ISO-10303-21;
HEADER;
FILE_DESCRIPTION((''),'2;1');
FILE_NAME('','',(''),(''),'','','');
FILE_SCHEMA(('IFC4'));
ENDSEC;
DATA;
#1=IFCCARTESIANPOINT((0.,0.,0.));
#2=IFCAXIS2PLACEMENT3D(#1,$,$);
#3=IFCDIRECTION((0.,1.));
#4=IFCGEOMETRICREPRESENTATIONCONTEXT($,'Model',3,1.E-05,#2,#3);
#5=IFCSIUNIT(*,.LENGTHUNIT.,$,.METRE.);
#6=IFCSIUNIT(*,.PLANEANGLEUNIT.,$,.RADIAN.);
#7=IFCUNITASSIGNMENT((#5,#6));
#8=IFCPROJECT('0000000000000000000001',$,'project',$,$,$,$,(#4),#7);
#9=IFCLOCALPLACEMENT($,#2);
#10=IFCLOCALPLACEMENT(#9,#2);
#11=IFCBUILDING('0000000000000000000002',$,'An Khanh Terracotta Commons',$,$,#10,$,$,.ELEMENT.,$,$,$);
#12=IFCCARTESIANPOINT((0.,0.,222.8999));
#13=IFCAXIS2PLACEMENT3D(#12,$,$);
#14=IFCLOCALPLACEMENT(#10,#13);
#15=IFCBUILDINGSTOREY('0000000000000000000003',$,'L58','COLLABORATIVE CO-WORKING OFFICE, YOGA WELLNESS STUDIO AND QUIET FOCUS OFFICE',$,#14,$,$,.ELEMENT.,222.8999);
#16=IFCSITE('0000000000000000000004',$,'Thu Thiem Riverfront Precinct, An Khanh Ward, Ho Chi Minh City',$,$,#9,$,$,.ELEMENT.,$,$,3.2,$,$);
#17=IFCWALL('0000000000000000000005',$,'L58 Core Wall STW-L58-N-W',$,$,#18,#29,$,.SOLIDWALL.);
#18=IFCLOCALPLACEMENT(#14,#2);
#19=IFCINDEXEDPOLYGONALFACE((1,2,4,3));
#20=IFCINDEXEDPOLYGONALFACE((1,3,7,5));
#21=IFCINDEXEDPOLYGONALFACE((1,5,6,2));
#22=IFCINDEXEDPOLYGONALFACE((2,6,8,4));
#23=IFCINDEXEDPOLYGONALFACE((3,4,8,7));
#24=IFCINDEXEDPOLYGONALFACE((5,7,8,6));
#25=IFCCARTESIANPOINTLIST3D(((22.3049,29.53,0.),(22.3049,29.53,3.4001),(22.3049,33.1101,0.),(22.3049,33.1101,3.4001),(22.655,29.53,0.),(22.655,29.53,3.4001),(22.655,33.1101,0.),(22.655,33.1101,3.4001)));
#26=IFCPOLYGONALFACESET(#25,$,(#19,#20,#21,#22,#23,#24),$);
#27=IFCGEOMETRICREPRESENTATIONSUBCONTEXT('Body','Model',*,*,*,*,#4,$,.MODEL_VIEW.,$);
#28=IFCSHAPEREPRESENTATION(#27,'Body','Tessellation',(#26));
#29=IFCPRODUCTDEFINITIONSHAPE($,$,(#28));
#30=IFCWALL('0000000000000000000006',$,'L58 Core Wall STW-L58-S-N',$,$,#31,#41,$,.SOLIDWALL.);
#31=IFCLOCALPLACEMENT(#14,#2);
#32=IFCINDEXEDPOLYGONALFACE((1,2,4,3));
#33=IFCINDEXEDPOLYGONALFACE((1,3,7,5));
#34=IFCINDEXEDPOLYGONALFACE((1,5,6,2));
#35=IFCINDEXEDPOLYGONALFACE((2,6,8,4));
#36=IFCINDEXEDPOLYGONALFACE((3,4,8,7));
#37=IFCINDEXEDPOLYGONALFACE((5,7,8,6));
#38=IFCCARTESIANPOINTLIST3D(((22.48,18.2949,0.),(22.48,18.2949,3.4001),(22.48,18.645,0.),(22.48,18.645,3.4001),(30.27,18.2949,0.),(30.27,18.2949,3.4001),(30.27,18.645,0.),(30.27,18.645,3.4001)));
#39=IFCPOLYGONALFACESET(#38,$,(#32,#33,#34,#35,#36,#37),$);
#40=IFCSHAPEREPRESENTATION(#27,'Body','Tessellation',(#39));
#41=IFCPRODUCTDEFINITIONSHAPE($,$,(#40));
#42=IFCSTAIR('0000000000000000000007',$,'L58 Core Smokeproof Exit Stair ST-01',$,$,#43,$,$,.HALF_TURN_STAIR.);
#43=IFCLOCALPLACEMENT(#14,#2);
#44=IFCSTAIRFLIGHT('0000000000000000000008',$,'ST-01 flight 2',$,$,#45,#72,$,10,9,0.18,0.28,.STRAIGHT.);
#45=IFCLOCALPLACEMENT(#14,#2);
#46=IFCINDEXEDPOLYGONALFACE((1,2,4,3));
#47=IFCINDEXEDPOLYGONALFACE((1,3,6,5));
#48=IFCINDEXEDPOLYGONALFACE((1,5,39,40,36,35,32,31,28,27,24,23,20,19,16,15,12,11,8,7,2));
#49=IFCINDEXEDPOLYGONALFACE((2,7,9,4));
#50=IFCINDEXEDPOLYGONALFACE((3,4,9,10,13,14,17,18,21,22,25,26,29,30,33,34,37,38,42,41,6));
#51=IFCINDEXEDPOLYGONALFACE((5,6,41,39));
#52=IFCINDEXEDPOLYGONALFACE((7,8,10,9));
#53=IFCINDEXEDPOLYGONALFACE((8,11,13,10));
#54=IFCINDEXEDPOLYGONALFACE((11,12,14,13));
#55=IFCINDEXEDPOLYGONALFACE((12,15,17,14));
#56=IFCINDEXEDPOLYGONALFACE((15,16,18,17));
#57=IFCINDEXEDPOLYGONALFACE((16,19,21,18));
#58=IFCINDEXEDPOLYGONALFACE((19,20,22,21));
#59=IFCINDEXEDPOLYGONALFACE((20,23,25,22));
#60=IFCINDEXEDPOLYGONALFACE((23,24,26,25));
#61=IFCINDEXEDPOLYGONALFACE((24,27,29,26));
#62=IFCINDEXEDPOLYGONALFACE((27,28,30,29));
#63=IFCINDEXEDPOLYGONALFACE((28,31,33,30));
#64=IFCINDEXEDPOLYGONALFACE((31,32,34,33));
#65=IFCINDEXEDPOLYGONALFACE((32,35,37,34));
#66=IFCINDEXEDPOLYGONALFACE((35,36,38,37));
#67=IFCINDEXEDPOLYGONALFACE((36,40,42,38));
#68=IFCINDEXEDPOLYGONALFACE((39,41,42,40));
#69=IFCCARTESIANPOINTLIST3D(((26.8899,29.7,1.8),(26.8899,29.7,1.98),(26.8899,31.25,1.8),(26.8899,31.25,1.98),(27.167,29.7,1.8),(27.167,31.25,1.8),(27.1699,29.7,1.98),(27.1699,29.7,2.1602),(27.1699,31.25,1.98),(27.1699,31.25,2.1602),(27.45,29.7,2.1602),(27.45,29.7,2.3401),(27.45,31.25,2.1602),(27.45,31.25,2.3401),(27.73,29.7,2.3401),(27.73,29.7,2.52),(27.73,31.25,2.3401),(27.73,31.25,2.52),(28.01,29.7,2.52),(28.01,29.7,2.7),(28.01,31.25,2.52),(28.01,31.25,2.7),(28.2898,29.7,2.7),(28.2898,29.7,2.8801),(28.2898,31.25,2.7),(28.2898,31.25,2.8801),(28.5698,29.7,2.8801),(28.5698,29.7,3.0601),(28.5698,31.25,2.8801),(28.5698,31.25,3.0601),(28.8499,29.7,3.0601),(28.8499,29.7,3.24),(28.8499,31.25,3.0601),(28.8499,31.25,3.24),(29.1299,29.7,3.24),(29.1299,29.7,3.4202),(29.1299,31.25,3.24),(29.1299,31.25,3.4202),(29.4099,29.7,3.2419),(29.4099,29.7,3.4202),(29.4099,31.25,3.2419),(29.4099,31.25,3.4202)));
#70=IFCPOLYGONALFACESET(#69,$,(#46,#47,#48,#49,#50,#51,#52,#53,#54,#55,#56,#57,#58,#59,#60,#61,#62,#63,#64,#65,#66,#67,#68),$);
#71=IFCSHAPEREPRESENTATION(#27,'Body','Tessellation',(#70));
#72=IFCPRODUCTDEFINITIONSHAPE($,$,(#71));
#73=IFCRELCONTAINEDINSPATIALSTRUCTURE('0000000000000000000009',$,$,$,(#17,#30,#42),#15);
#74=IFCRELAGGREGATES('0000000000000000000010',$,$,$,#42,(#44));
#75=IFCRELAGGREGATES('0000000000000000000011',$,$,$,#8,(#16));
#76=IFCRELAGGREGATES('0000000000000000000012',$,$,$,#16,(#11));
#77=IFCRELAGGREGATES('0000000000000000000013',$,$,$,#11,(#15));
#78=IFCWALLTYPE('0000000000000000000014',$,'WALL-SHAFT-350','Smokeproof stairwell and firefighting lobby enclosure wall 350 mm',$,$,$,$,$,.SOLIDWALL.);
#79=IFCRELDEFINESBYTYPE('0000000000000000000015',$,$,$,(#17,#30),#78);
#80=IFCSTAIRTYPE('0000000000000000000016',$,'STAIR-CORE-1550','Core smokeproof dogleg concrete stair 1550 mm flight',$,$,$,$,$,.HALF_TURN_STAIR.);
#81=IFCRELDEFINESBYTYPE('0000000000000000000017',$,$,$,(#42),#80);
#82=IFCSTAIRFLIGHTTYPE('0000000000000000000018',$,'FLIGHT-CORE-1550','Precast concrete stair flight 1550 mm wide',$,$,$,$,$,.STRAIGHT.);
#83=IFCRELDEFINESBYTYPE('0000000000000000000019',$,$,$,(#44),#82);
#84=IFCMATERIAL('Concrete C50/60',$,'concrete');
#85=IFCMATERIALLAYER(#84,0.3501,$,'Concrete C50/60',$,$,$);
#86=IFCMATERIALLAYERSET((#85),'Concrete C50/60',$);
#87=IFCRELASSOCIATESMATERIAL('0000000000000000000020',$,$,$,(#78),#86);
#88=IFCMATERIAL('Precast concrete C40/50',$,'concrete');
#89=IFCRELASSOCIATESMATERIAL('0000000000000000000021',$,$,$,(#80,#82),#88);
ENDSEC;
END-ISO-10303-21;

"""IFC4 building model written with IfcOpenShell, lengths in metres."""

from ifc_helpers import new_model, si_unit, direction, frame, frame_2d, origin, place, context, subcontext, project, spatial, polyline, rectangle, outline, extrude, material, layer, layer_set, type_object, element, aggregate, save


model = new_model("IFC4")

# Units and contexts
model_context = context("Model", 3, precision=1e-05, world=origin(), true_north=direction((0.0, 1.0)))
body_context = subcontext(model_context, "Body", "Model", "MODEL_VIEW")
ifc_project = project(units=[si_unit("LENGTHUNIT", "METRE"), si_unit("PLANEANGLEUNIT", "RADIAN")], contexts=[model_context])

# Site, building, storey
site_placement = place(None, origin())
site = spatial("IfcSite", under=ifc_project, at=site_placement, Name="Thu Thiem Riverfront Precinct, An Khanh Ward, Ho Chi Minh City", CompositionType="ELEMENT", RefElevation=3.2)
building_placement = place(site_placement, origin())
building = spatial("IfcBuilding", under=site, at=building_placement, Name="An Khanh Terracotta Commons", CompositionType="ELEMENT")
storey_placement = place(building_placement, frame((0.0, 0.0, 222.8999)))
storey = spatial("IfcBuildingStorey", under=building, at=storey_placement, Name="L58", Description="COLLABORATIVE CO-WORKING OFFICE, YOGA WELLNESS STUDIO AND QUIET FOCUS OFFICE", CompositionType="ELEMENT", Elevation=222.8999)

# Walls
ifc_material_1 = material(Name="Concrete C50/60", Category="concrete")
ifc_layer_1 = layer(ifc_material_1, 0.3501, Name="Concrete C50/60")
ifc_layer_set_1 = layer_set([ifc_layer_1], Name="Concrete C50/60")
wall_type_1 = type_object("IfcWallType", Name="WALL-SHAFT-350", Description="Smokeproof stairwell and firefighting lobby enclosure wall 350 mm", PredefinedType="SOLIDWALL", material=ifc_layer_set_1)
wall_1_placement = place(storey_placement, frame((22.48, 29.53, 0.0), z_axis=(0.0, 0.0, 1.0), x_axis=(0.0, 1.0, 0.0)))
element("IfcWall", 1, at=wall_1_placement, inside=storey, type_object=wall_type_1, Name="L58 Core Wall STW-L58-N-W", PredefinedType="SOLIDWALL", context=body_context, shape_type="SweptSolid", body=[
    extrude(rectangle(XDim=3.5801, YDim=0.3501, at=frame_2d((1.79, 0.0))), origin(), (0.0, 0.0, 1.0), 3.4001),
])
wall_2_placement = place(storey_placement, frame((22.48, 18.47, 0.0), z_axis=(0.0, 0.0, 1.0), x_axis=(1.0, 0.0, 0.0)))
element("IfcWall", 2, at=wall_2_placement, inside=storey, type_object=wall_type_1, Name="L58 Core Wall STW-L58-S-N", PredefinedType="SOLIDWALL", context=body_context, shape_type="SweptSolid", body=[
    extrude(rectangle(XDim=7.79, YDim=0.3501, at=frame_2d((3.895, 0.0))), origin(), (0.0, 0.0, 1.0), 3.4001),
])

# Stair, stair flight
ifc_material_2 = material(Name="Precast concrete C40/50", Category="concrete")
stair_type = type_object("IfcStairType", Name="STAIR-CORE-1550", Description="Core smokeproof dogleg concrete stair 1550 mm flight", PredefinedType="HALF_TURN_STAIR", material=ifc_material_2)
stair_placement = place(storey_placement, origin())
stair = element("IfcStair", 3, at=stair_placement, inside=storey, type_object=stair_type, Name="L58 Core Smokeproof Exit Stair ST-01", PredefinedType="HALF_TURN_STAIR")
stair_flight_type = type_object("IfcStairFlightType", Name="FLIGHT-CORE-1550", Description="Precast concrete stair flight 1550 mm wide", PredefinedType="STRAIGHT", material=ifc_material_2)
stair_flight_placement = place(storey_placement, frame((26.8899, 30.4751, 1.8), z_axis=(0.0, 0.0, 1.0), x_axis=(1.0, 0.0, 0.0)))
stair_flight = element("IfcStairFlight", 4, at=stair_flight_placement, type_object=stair_flight_type, Name="ST-01 flight 2", NumberOfRisers=10, NumberOfTreads=9, PredefinedType="STRAIGHT", RiserHeight=0.18, TreadLength=0.28, context=body_context, shape_type="SweptSolid", body=[
    extrude(outline(polyline([(0.0, 0.0), (0.0, 0.1799), (0.28, 0.1799), (0.28, 0.3601), (0.5601, 0.3601), (0.5601, 0.54), (0.8401, 0.54), (0.8401, 0.72), (1.1201, 0.72), (1.1201, 0.8999), (1.3999, 0.8999), (1.3999, 1.0801), (1.6799, 1.0801), (1.6799, 1.26), (1.96, 1.26), (1.96, 1.4399), (2.24, 1.4399), (2.24, 1.6201), (2.52, 1.6201), (2.52, 1.8), (2.52, 1.4419), (0.2771, 0.0), (0.0, 0.0)])), frame((0.0, 0.7749, 0.0), z_axis=(0.0, -1.0, 0.0), x_axis=(1.0, 0.0, 0.0)), (0.0, 0.0, 1.0), 1.55),
])
aggregate(stair, [stair_flight])

save(model, "model.ifc")
